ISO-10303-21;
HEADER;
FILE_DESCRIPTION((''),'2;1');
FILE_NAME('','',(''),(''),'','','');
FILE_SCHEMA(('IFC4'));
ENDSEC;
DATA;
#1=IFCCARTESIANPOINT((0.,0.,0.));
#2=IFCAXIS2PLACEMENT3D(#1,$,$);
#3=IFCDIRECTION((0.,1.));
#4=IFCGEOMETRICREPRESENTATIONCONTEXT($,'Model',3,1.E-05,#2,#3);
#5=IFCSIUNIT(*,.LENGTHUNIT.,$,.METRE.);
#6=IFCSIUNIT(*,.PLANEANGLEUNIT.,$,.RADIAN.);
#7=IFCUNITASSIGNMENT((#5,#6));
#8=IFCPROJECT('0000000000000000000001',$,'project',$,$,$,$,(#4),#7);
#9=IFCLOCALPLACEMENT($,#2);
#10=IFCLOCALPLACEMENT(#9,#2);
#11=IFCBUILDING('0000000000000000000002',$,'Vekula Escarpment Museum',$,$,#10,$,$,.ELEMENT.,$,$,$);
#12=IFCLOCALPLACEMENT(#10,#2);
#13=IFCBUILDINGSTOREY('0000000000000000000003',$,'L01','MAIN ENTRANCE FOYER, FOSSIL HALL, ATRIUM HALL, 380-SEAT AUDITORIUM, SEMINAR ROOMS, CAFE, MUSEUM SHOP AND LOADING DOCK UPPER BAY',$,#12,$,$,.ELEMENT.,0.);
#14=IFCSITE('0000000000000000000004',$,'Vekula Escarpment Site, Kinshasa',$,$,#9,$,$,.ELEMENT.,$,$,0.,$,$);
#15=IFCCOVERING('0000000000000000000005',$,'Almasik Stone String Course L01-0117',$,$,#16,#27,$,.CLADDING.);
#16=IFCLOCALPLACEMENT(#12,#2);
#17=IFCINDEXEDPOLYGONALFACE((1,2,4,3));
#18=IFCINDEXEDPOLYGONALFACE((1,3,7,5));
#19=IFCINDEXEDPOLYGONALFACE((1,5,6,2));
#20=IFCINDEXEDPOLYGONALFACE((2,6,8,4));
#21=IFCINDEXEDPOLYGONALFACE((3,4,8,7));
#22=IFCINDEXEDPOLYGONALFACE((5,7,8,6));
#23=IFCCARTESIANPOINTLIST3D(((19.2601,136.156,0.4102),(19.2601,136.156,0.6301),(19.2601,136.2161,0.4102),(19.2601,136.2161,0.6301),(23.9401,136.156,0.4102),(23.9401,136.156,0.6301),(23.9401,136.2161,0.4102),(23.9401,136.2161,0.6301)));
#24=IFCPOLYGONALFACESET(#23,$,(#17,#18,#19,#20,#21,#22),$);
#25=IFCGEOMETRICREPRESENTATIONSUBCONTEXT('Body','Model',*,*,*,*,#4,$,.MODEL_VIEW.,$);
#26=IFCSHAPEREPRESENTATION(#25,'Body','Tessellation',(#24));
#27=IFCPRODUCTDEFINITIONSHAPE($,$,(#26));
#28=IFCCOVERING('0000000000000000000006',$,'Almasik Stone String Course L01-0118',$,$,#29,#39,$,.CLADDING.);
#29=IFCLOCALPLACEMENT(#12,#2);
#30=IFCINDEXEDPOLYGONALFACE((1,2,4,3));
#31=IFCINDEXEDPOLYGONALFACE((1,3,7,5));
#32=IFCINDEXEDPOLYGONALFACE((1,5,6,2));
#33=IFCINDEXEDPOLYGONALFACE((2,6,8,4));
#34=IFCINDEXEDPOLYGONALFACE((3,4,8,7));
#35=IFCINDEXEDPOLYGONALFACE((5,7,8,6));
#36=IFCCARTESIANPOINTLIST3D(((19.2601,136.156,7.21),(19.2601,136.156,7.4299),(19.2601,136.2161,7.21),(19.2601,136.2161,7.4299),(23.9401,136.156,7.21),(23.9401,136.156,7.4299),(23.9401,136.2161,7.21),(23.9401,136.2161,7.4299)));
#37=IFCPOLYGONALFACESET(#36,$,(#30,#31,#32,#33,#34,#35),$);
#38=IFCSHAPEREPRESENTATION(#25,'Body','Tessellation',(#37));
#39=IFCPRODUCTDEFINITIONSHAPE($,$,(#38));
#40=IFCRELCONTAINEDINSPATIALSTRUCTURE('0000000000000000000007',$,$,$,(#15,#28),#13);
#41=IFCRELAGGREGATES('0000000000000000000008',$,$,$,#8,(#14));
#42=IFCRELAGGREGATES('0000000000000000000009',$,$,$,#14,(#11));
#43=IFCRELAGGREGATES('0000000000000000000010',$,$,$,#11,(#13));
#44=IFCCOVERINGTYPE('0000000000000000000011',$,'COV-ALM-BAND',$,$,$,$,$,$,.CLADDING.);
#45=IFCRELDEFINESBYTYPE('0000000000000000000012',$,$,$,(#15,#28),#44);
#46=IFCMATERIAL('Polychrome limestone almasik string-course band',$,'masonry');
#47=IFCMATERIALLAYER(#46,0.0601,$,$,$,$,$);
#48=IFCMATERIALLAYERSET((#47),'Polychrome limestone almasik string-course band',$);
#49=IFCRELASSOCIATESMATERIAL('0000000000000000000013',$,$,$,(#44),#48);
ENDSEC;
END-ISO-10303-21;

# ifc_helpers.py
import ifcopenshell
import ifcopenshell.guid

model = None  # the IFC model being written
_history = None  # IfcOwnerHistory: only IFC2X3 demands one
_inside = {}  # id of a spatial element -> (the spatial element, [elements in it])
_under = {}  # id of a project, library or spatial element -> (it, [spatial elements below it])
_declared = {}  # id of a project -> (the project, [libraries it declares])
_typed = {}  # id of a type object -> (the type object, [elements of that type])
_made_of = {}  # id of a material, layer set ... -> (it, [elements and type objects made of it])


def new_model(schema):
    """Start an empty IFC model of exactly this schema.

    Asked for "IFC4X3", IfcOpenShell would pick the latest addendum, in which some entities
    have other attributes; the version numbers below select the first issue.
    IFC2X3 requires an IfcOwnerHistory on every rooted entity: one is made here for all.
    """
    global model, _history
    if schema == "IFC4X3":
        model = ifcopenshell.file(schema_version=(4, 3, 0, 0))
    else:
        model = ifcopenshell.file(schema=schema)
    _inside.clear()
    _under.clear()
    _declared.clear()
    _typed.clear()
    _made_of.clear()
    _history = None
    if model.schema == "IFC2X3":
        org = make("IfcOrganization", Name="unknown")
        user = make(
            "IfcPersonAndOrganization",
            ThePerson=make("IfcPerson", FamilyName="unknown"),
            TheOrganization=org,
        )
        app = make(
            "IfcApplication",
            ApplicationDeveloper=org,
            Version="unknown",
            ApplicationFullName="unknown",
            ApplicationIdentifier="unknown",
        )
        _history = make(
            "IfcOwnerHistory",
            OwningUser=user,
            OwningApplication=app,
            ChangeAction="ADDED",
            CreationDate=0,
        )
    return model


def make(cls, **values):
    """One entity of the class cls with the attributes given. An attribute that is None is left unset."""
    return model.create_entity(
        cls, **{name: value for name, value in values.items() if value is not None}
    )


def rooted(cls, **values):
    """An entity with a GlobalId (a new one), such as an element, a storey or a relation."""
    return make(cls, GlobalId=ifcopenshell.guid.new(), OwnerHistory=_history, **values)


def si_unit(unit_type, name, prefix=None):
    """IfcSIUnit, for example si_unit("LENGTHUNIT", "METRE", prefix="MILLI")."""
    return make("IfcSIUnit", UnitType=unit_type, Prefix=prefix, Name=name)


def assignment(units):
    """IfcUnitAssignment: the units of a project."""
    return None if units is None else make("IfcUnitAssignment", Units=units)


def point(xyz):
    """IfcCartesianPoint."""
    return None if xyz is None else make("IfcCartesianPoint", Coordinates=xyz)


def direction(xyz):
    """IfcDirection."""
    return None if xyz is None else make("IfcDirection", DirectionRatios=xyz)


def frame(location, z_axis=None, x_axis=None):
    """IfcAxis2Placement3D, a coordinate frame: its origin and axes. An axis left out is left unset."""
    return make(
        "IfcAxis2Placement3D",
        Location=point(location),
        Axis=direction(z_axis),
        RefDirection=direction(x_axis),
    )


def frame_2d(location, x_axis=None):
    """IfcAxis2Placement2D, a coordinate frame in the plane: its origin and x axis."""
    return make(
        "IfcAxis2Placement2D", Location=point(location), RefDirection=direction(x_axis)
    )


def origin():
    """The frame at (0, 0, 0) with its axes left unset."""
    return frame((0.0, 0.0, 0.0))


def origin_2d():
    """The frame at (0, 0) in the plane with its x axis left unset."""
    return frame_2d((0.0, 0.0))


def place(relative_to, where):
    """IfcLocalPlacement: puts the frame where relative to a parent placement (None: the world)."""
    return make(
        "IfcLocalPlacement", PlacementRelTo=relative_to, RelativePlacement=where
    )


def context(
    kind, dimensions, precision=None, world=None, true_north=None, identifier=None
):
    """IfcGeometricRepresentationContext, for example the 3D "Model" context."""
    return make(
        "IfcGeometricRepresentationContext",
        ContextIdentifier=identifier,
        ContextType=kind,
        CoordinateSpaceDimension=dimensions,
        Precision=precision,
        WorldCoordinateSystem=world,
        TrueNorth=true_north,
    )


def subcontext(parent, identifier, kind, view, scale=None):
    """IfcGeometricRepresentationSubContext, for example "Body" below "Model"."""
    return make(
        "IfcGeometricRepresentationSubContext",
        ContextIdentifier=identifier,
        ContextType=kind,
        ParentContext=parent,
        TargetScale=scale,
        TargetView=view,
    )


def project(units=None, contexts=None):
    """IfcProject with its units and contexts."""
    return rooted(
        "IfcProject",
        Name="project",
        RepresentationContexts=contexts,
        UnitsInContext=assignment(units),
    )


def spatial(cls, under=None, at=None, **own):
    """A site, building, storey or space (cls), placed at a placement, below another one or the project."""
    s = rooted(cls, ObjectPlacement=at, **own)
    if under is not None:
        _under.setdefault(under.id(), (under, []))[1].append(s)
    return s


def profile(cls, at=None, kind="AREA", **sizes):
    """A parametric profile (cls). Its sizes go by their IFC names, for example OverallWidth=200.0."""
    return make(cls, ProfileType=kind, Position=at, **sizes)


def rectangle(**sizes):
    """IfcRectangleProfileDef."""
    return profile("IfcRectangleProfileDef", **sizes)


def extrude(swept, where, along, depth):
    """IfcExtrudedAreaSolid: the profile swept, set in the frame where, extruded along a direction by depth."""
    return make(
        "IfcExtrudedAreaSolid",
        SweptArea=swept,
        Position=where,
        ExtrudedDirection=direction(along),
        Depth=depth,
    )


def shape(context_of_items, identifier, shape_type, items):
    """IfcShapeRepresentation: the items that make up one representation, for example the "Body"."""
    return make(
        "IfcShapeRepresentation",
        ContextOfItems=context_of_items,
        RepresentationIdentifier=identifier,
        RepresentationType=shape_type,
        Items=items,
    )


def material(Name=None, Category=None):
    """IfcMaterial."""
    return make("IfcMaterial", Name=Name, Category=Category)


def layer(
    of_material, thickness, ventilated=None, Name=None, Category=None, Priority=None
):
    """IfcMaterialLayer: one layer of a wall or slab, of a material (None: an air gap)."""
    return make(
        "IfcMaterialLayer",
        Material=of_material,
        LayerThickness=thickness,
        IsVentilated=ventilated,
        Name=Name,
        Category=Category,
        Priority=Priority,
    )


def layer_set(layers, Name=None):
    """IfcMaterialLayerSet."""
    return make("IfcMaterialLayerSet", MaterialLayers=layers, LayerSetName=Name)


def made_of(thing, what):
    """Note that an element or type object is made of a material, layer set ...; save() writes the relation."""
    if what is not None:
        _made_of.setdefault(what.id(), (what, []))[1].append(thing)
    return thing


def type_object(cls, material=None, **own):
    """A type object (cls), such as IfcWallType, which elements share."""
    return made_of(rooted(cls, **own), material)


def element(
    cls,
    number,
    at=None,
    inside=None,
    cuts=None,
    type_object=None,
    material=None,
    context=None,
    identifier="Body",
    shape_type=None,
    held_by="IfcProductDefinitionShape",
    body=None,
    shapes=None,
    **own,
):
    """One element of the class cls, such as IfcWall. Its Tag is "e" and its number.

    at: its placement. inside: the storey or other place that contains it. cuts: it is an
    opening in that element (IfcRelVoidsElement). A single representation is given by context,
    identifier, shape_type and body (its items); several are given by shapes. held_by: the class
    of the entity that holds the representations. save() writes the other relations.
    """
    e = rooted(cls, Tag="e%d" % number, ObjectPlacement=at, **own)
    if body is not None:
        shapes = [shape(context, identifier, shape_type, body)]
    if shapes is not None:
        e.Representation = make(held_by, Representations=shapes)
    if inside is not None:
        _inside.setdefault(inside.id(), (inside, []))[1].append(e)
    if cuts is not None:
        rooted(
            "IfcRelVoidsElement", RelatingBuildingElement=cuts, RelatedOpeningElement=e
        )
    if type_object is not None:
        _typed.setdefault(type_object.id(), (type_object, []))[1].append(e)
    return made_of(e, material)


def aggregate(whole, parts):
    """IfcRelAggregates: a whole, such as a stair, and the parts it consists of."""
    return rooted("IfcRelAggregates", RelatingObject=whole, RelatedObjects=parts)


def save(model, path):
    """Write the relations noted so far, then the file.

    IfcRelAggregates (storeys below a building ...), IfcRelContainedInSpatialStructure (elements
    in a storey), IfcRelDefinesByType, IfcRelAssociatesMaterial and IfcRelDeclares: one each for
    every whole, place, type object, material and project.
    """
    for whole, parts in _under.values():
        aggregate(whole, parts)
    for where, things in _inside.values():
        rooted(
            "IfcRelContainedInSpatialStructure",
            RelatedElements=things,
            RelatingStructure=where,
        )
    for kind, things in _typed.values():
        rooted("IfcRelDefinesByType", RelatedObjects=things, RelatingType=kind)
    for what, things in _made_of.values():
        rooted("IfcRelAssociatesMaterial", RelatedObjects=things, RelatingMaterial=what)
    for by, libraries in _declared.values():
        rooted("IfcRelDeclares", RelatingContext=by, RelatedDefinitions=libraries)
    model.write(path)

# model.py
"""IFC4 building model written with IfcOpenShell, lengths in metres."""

from ifc_helpers import new_model, si_unit, direction, frame, origin, origin_2d, place, context, subcontext, project, spatial, rectangle, extrude, material, layer, layer_set, type_object, element, save


model = new_model("IFC4")

# Units and contexts
model_context = context("Model", 3, precision=1e-05, world=origin(), true_north=direction((0.0, 1.0)))
body_context = subcontext(model_context, "Body", "Model", "MODEL_VIEW")
ifc_project = project(units=[si_unit("LENGTHUNIT", "METRE"), si_unit("PLANEANGLEUNIT", "RADIAN")], contexts=[model_context])

# Site, building, storey
site_placement = place(None, origin())
site = spatial("IfcSite", under=ifc_project, at=site_placement, Name="Vekula Escarpment Site, Kinshasa", CompositionType="ELEMENT", RefElevation=0.0)
building_placement = place(site_placement, origin())
building = spatial("IfcBuilding", under=site, at=building_placement, Name="Vekula Escarpment Museum", CompositionType="ELEMENT")
storey_placement = place(building_placement, origin())
storey = spatial("IfcBuildingStorey", under=building, at=storey_placement, Name="L01", Description="MAIN ENTRANCE FOYER, FOSSIL HALL, ATRIUM HALL, 380-SEAT AUDITORIUM, SEMINAR ROOMS, CAFE, MUSEUM SHOP AND LOADING DOCK UPPER BAY", CompositionType="ELEMENT", Elevation=0.0)

# Coverings
ifc_material_1 = material(Name="Polychrome limestone almasik string-course band", Category="masonry")
ifc_layer_1 = layer(ifc_material_1, 0.0601)
ifc_layer_set_1 = layer_set([ifc_layer_1], Name="Polychrome limestone almasik string-course band")
covering_type = type_object("IfcCoveringType", Name="COV-ALM-BAND", PredefinedType="CLADDING", material=ifc_layer_set_1)
for number, where, z_axis, x_axis, name in (
    (1, (21.6001, 136.186, 0.4102), (0.0, 0.0, 1.0), (1.0, 0.0, 0.0), "Almasik Stone String Course L01-0117"),
    (2, (21.6001, 136.186, 7.21), (0.0, 0.0, 1.0), (1.0, 0.0, 0.0), "Almasik Stone String Course L01-0118"),
):
    element("IfcCovering", number, at=place(storey_placement, frame(where, z_axis=z_axis, x_axis=x_axis)), inside=storey, type_object=covering_type, Name=name, PredefinedType="CLADDING", context=body_context, shape_type="SweptSolid", body=[
        extrude(rectangle(XDim=4.6799, YDim=0.0601, at=origin_2d()), origin(), (0.0, 0.0, 1.0), 0.22),
    ])

save(model, "model.ifc")
